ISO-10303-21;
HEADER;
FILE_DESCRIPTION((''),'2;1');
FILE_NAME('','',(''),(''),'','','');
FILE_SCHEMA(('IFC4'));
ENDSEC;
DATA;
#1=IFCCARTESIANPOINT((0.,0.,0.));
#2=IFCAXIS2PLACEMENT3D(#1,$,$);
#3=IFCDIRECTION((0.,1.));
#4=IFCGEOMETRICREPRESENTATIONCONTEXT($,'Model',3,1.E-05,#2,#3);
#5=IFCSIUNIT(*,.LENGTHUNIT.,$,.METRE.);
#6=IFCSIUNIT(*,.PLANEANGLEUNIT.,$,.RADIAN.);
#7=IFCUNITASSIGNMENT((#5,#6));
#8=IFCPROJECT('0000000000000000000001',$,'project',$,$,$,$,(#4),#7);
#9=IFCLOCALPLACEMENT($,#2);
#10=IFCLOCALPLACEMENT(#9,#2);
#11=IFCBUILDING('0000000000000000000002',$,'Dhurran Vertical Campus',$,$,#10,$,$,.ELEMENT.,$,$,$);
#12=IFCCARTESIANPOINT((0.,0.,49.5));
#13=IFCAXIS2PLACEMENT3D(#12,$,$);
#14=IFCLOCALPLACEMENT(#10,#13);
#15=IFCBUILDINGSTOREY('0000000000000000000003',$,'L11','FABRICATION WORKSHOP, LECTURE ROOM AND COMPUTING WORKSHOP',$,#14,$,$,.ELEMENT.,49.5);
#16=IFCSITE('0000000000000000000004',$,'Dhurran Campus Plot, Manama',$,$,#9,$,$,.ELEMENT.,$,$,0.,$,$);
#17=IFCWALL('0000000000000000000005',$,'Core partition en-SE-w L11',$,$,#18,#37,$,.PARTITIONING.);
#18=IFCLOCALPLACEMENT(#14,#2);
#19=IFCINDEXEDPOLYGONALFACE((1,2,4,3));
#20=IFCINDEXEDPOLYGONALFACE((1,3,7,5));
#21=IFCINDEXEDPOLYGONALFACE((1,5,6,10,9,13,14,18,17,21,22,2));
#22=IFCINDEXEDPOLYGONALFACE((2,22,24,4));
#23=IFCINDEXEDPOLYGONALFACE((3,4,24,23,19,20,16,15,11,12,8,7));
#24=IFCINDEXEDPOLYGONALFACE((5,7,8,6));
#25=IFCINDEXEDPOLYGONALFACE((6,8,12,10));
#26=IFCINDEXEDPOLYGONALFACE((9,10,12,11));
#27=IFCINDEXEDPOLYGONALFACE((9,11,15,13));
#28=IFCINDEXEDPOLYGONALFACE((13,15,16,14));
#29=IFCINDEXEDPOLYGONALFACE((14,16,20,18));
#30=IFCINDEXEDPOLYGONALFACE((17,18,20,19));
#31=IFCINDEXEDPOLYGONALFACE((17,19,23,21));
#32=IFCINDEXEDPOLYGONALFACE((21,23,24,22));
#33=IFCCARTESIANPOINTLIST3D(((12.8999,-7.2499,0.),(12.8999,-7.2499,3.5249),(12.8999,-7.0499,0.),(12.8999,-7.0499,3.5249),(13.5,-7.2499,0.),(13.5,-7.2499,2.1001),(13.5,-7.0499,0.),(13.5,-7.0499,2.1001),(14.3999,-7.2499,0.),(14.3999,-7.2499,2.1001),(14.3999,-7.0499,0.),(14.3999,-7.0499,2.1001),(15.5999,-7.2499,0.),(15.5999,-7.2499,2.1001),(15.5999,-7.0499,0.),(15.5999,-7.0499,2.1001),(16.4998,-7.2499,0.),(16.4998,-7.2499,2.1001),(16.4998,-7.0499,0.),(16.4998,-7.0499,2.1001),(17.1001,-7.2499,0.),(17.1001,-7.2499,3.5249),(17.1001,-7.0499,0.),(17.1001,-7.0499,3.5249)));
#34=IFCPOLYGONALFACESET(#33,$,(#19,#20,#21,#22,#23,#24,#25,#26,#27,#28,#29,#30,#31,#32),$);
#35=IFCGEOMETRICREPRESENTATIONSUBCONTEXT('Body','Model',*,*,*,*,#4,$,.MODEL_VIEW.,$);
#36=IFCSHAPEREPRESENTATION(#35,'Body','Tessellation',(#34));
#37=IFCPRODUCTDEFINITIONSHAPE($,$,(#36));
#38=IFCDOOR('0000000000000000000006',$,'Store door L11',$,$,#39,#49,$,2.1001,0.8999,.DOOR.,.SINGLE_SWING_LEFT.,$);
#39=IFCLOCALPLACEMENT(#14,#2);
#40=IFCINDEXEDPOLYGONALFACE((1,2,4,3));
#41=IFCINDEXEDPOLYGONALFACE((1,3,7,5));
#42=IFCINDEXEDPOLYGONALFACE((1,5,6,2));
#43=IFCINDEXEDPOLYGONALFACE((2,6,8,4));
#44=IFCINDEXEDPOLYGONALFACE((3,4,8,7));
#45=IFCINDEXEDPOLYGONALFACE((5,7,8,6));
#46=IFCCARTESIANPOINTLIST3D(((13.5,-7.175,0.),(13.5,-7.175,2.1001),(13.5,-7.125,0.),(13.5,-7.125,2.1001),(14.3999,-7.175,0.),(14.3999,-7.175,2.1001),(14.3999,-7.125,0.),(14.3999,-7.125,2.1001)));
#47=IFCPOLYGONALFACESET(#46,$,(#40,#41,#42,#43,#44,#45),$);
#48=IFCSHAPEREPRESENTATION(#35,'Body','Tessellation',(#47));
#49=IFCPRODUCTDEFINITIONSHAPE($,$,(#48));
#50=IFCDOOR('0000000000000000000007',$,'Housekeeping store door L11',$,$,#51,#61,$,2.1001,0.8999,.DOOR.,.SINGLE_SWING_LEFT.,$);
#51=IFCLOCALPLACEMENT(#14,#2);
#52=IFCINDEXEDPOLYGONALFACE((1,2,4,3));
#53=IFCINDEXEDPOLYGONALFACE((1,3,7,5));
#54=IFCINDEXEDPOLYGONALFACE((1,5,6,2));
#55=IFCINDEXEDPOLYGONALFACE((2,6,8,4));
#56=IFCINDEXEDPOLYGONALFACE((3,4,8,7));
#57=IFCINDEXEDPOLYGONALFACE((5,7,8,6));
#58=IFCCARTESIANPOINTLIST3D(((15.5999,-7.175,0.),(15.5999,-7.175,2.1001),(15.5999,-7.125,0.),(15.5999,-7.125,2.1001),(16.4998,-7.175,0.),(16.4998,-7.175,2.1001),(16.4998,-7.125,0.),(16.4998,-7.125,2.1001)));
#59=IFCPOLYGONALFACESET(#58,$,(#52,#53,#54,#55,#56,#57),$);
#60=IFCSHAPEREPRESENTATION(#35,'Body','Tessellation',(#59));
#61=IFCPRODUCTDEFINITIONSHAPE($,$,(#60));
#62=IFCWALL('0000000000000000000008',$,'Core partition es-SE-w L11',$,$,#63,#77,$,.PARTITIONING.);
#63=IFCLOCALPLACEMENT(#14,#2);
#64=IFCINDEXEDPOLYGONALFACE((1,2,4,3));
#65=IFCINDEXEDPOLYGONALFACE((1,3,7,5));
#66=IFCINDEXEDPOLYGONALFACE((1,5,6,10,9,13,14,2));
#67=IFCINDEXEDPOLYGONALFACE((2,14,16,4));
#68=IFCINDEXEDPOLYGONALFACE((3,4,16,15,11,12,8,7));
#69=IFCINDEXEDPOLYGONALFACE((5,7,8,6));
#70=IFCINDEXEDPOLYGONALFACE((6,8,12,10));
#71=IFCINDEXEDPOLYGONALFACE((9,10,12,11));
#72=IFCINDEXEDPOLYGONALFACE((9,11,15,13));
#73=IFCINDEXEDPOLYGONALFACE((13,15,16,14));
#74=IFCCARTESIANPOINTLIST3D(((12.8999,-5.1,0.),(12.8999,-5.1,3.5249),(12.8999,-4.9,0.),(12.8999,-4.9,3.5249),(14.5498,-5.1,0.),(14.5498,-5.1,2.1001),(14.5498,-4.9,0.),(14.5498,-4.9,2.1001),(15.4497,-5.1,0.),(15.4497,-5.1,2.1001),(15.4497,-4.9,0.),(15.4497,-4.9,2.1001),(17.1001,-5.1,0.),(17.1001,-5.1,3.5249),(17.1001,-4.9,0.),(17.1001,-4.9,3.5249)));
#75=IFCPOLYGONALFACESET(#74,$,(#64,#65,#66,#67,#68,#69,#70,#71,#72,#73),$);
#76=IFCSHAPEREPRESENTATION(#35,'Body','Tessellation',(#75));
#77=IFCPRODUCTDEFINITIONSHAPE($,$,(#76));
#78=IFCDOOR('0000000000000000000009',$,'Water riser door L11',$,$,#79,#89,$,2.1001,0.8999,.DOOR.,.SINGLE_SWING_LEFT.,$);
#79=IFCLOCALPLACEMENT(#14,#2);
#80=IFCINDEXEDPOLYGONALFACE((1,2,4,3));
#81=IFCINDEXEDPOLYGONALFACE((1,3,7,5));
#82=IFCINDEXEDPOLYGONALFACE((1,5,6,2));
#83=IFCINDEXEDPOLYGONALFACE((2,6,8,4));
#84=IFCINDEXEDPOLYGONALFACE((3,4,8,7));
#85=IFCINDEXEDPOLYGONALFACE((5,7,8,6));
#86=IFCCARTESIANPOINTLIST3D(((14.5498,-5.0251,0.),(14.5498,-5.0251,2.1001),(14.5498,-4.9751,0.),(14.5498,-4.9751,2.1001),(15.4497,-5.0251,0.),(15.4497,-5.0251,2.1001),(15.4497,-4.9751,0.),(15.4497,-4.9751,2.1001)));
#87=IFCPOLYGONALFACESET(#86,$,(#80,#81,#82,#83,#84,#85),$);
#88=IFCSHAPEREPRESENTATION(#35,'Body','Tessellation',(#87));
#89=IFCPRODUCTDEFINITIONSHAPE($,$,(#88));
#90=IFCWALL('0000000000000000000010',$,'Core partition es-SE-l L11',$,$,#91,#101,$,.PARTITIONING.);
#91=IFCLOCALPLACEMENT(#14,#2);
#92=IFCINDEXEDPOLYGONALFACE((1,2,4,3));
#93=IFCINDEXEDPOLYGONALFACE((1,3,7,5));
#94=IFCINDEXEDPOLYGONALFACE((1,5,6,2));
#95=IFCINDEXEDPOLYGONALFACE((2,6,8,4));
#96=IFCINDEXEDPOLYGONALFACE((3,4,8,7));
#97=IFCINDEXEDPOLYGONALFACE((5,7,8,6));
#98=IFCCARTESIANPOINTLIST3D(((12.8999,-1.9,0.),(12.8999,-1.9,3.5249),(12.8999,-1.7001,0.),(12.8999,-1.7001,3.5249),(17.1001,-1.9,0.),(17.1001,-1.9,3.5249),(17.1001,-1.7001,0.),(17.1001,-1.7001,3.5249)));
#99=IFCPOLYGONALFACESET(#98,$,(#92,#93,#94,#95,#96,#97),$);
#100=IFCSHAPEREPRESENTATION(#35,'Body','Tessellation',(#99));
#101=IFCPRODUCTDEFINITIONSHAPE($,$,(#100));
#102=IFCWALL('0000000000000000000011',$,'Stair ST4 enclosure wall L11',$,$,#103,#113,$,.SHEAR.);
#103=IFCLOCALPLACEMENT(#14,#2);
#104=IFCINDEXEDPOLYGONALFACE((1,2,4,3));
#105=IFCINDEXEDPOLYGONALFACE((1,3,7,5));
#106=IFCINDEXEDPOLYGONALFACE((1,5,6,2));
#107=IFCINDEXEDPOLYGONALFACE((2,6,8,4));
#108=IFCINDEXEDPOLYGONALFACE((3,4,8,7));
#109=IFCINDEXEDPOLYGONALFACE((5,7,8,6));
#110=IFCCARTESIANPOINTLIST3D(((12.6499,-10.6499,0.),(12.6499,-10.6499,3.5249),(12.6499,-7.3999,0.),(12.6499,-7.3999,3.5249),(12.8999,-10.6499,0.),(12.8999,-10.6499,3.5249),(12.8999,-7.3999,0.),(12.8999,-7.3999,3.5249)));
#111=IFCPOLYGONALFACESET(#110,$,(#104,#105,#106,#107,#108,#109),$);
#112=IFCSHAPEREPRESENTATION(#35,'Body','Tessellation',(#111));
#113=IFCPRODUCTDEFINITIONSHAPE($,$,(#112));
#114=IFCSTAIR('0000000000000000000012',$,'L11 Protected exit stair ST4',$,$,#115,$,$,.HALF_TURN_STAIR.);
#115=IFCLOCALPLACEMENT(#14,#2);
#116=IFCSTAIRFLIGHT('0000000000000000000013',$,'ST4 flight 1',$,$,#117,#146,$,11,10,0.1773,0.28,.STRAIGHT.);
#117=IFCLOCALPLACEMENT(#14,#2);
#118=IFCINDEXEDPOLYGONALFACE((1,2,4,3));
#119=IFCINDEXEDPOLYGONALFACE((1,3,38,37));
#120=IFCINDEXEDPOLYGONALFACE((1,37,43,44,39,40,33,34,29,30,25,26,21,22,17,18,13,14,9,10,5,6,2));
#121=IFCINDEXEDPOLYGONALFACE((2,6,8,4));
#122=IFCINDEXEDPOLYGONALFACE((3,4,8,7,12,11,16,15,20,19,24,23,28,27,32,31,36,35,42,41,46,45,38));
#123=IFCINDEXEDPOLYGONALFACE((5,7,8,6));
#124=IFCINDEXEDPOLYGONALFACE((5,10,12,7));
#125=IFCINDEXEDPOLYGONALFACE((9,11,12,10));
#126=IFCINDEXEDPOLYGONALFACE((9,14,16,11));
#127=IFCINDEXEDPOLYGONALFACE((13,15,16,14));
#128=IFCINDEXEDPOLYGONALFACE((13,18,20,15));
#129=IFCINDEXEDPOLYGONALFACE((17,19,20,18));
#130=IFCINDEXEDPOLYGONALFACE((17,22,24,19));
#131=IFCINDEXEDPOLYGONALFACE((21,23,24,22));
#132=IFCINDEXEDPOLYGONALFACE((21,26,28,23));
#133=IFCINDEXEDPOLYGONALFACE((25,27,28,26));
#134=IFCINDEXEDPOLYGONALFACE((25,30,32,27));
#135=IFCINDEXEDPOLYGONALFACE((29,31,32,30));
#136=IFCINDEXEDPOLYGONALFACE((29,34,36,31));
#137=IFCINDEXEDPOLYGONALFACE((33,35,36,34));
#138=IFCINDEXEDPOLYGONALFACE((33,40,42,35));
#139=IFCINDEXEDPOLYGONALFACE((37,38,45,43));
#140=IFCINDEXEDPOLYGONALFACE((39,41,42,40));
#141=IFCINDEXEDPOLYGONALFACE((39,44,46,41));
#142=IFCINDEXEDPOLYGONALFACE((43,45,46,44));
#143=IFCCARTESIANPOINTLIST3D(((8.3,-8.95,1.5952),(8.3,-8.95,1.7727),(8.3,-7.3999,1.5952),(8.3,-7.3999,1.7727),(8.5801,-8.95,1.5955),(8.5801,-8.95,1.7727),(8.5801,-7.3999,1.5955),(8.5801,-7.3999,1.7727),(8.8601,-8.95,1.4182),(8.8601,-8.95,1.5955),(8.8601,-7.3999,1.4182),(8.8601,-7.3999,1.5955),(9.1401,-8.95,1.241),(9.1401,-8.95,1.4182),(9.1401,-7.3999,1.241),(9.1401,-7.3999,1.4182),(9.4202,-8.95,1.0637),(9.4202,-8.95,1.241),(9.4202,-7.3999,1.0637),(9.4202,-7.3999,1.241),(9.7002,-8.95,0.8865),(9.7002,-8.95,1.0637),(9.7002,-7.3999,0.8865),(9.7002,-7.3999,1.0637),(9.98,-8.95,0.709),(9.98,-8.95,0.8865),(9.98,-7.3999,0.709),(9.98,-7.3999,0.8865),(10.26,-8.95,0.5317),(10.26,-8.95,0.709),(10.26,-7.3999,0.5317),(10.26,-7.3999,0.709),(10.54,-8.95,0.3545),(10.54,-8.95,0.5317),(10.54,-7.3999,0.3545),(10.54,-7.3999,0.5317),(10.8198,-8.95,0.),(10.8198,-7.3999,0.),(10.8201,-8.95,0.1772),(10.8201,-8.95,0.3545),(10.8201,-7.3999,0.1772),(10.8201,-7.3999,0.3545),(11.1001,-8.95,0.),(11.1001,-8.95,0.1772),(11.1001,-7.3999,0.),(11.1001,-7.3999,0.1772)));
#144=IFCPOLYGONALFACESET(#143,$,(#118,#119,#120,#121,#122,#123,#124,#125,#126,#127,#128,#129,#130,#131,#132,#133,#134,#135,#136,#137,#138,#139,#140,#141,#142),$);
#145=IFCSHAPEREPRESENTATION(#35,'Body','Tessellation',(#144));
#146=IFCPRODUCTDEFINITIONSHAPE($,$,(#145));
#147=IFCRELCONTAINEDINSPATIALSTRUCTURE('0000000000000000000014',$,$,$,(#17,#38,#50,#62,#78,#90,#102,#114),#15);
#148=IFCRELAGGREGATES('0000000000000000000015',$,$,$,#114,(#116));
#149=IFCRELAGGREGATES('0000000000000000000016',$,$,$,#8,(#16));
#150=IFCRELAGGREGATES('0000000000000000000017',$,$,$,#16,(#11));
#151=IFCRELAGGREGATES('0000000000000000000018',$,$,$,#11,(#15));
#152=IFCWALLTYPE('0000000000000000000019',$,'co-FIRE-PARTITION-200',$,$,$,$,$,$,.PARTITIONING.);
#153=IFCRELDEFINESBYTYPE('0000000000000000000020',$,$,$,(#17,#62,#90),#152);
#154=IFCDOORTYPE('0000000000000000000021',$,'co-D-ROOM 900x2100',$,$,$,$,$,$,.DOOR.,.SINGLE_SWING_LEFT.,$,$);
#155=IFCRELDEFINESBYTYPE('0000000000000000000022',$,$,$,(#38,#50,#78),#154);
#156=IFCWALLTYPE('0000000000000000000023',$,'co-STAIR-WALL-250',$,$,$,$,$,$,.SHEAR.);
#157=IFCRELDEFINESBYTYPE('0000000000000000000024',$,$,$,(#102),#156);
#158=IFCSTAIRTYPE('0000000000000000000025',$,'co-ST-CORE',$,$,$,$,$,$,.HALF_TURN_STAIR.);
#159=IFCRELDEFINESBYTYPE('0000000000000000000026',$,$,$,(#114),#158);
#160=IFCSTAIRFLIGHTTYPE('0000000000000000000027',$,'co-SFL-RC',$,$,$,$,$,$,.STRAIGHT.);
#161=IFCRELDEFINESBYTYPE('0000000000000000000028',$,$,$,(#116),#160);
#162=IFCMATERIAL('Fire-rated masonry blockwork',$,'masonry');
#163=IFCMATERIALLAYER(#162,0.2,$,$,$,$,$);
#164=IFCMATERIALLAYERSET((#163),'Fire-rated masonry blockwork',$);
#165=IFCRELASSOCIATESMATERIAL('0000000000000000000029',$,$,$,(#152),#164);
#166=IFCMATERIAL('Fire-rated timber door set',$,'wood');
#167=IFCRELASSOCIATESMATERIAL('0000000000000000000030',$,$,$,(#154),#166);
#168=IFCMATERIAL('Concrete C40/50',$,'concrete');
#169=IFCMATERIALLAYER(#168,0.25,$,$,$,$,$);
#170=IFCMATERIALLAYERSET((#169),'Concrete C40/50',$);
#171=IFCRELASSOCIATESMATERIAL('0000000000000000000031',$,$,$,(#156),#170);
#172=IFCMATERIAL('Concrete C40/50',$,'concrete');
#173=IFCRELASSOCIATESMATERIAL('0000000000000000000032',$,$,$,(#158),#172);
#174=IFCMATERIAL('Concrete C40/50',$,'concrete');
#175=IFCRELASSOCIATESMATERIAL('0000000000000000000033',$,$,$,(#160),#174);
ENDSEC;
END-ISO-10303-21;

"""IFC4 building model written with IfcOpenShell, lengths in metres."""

from ifc_helpers import new_model, si_unit, direction, frame, frame_2d, origin, place, context, subcontext, project, spatial, polyline, rectangle, outline, extrude, material, layer, layer_set, type_object, element, fill, aggregate, save


model = new_model("IFC4")

# Units and contexts
model_context = context("Model", 3, precision=1e-05, world=origin(), true_north=direction((0.0, 1.0)))
body_context = subcontext(model_context, "Body", "Model", "MODEL_VIEW")
ifc_project = project(units=[si_unit("LENGTHUNIT", "METRE"), si_unit("PLANEANGLEUNIT", "RADIAN")], contexts=[model_context])

# Site, building, storey
site_placement = place(None, origin())
site = spatial("IfcSite", under=ifc_project, at=site_placement, Name="Dhurran Campus Plot, Manama", CompositionType="ELEMENT", RefElevation=0.0)
building_placement = place(site_placement, origin())
building = spatial("IfcBuilding", under=site, at=building_placement, Name="Dhurran Vertical Campus", CompositionType="ELEMENT")
storey_placement = place(building_placement, frame((0.0, 0.0, 49.5)))
storey = spatial("IfcBuildingStorey", under=building, at=storey_placement, Name="L11", Description="FABRICATION WORKSHOP, LECTURE ROOM AND COMPUTING WORKSHOP", CompositionType="ELEMENT", Elevation=49.5)

# Shared definitions
ifc_material_1 = material(Name="Fire-rated masonry blockwork", Category="masonry")
ifc_layer_1 = layer(ifc_material_1, 0.2)
ifc_layer_set_1 = layer_set([ifc_layer_1], Name="Fire-rated masonry blockwork")
wall_type_1 = type_object("IfcWallType", Name="co-FIRE-PARTITION-200", PredefinedType="PARTITIONING", material=ifc_layer_set_1)

# Wall, openings, doors
wall_1_placement = place(storey_placement, frame((12.8999, -7.1499, 0.0), z_axis=(0.0, 0.0, 1.0), x_axis=(1.0, 0.0, 0.0)))
wall_1 = element("IfcWall", 1, at=wall_1_placement, inside=storey, type_object=wall_type_1, Name="Core partition en-SE-w L11", PredefinedType="PARTITIONING", context=body_context, shape_type="SweptSolid", body=[
    extrude(rectangle(XDim=4.2002, YDim=0.2, at=frame_2d((2.1001, 0.0))), origin(), (0.0, 0.0, 1.0), 3.5249),
])
opening_1_placement = place(wall_1_placement, frame((0.6001, 0.0, 0.0)))
opening_1 = element("IfcOpeningElement", 2, at=opening_1_placement, cuts=wall_1, PredefinedType="OPENING", context=body_context, shape_type="SweptSolid", body=[
    extrude(rectangle(XDim=0.8999, YDim=2.1001, at=frame_2d((0.45, 1.05))), frame((0.0, 0.1099, 0.0), z_axis=(0.0, -1.0, 0.0), x_axis=(1.0, 0.0, 0.0)), (0.0, 0.0, 1.0), 0.22),
])
opening_2_placement = place(wall_1_placement, frame((2.7, 0.0, 0.0)))
opening_2 = element("IfcOpeningElement", 3, at=opening_2_placement, cuts=wall_1, PredefinedType="OPENING", context=body_context, shape_type="SweptSolid", body=[
    extrude(rectangle(XDim=0.8999, YDim=2.1001, at=frame_2d((0.45, 1.05))), frame((0.0, 0.1099, 0.0), z_axis=(0.0, -1.0, 0.0), x_axis=(1.0, 0.0, 0.0)), (0.0, 0.0, 1.0), 0.22),
])
ifc_material_2 = material(Name="Fire-rated timber door set", Category="wood")
door_type_1 = type_object("IfcDoorType", Name="co-D-ROOM 900x2100", OperationType="SINGLE_SWING_LEFT", PredefinedType="DOOR", material=ifc_material_2)
door_1_placement = place(opening_1_placement, origin())
door_1 = element("IfcDoor", 4, at=door_1_placement, inside=storey, type_object=door_type_1, Name="Store door L11", OperationType="SINGLE_SWING_LEFT", OverallHeight=2.1001, OverallWidth=0.8999, PredefinedType="DOOR", context=body_context, shape_type="SweptSolid", body=[
    extrude(rectangle(XDim=0.8999, YDim=2.1001, at=frame_2d((0.45, 1.05))), frame((0.0, 0.0249, 0.0), z_axis=(0.0, -1.0, 0.0), x_axis=(1.0, 0.0, 0.0)), (0.0, 0.0, 1.0), 0.05),
])
fill(opening_1, door_1)
door_2_placement = place(opening_2_placement, origin())
door_2 = element("IfcDoor", 5, at=door_2_placement, inside=storey, type_object=door_type_1, Name="Housekeeping store door L11", OperationType="SINGLE_SWING_LEFT", OverallHeight=2.1001, OverallWidth=0.8999, PredefinedType="DOOR", context=body_context, shape_type="SweptSolid", body=[
    extrude(rectangle(XDim=0.8999, YDim=2.1001, at=frame_2d((0.45, 1.05))), frame((0.0, 0.0249, 0.0), z_axis=(0.0, -1.0, 0.0), x_axis=(1.0, 0.0, 0.0)), (0.0, 0.0, 1.0), 0.05),
])
fill(opening_2, door_2)

# Wall, opening, door
wall_2_placement = place(storey_placement, frame((12.8999, -5.0, 0.0), z_axis=(0.0, 0.0, 1.0), x_axis=(1.0, 0.0, 0.0)))
wall_2 = element("IfcWall", 6, at=wall_2_placement, inside=storey, type_object=wall_type_1, Name="Core partition es-SE-w L11", PredefinedType="PARTITIONING", context=body_context, shape_type="SweptSolid", body=[
    extrude(rectangle(XDim=4.2002, YDim=0.2, at=frame_2d((2.1001, 0.0))), origin(), (0.0, 0.0, 1.0), 3.5249),
])
opening_3_placement = place(wall_2_placement, frame((1.6499, 0.0, 0.0)))
opening_3 = element("IfcOpeningElement", 7, at=opening_3_placement, cuts=wall_2, PredefinedType="OPENING", context=body_context, shape_type="SweptSolid", body=[
    extrude(rectangle(XDim=0.8999, YDim=2.1001, at=frame_2d((0.45, 1.05))), frame((0.0, 0.1099, 0.0), z_axis=(0.0, -1.0, 0.0), x_axis=(1.0, 0.0, 0.0)), (0.0, 0.0, 1.0), 0.22),
])
door_3_placement = place(opening_3_placement, origin())
door_3 = element("IfcDoor", 8, at=door_3_placement, inside=storey, type_object=door_type_1, Name="Water riser door L11", OperationType="SINGLE_SWING_LEFT", OverallHeight=2.1001, OverallWidth=0.8999, PredefinedType="DOOR", context=body_context, shape_type="SweptSolid", body=[
    extrude(rectangle(XDim=0.8999, YDim=2.1001, at=frame_2d((0.45, 1.05))), frame((0.0, 0.0249, 0.0), z_axis=(0.0, -1.0, 0.0), x_axis=(1.0, 0.0, 0.0)), (0.0, 0.0, 1.0), 0.05),
])
fill(opening_3, door_3)

# Walls
wall_3_placement = place(storey_placement, frame((12.8999, -1.8, 0.0), z_axis=(0.0, 0.0, 1.0), x_axis=(1.0, 0.0, 0.0)))
element("IfcWall", 9, at=wall_3_placement, inside=storey, type_object=wall_type_1, Name="Core partition es-SE-l L11", PredefinedType="PARTITIONING", context=body_context, shape_type="SweptSolid", body=[
    extrude(rectangle(XDim=4.2002, YDim=0.2, at=frame_2d((2.1001, 0.0))), origin(), (0.0, 0.0, 1.0), 3.5249),
])
ifc_material_3 = material(Name="Concrete C40/50", Category="concrete")
ifc_layer_2 = layer(ifc_material_3, 0.25)
ifc_layer_set_2 = layer_set([ifc_layer_2], Name="Concrete C40/50")
wall_type_2 = type_object("IfcWallType", Name="co-STAIR-WALL-250", PredefinedType="SHEAR", material=ifc_layer_set_2)
wall_4_placement = place(storey_placement, frame((12.7749, -10.6499, 0.0), z_axis=(0.0, 0.0, 1.0), x_axis=(0.0, 1.0, 0.0)))
element("IfcWall", 10, at=wall_4_placement, inside=storey, type_object=wall_type_2, Name="Stair ST4 enclosure wall L11", PredefinedType="SHEAR", context=body_context, shape_type="SweptSolid", body=[
    extrude(rectangle(XDim=3.25, YDim=0.25, at=frame_2d((1.625, 0.0))), origin(), (0.0, 0.0, 1.0), 3.5249),
])

# Stair, stair flight
ifc_material_4 = material(Name="Concrete C40/50", Category="concrete")
stair_type = type_object("IfcStairType", Name="co-ST-CORE", PredefinedType="HALF_TURN_STAIR", material=ifc_material_4)
stair_placement = place(storey_placement, origin())
stair = element("IfcStair", 11, at=stair_placement, inside=storey, type_object=stair_type, Name="L11 Protected exit stair ST4", PredefinedType="HALF_TURN_STAIR")
ifc_material_5 = material(Name="Concrete C40/50", Category="concrete")
stair_flight_type = type_object("IfcStairFlightType", Name="co-SFL-RC", PredefinedType="STRAIGHT", material=ifc_material_5)
stair_flight_placement = place(storey_placement, frame((11.1001, -8.175, 0.0), z_axis=(0.0, 0.0, 1.0), x_axis=(-1.0, 0.0, 0.0)))
stair_flight = element("IfcStairFlight", 12, at=stair_flight_placement, type_object=stair_flight_type, Name="ST4 flight 1", NumberOfRisers=11, NumberOfTreads=10, PredefinedType="STRAIGHT", RiserHeight=0.1773, TreadLength=0.28, context=body_context, shape_type="SweptSolid", body=[
    extrude(outline(polyline([(0.0, 0.0), (0.0, 0.1772), (0.28, 0.1772), (0.28, 0.3545), (0.5601, 0.3545), (0.5601, 0.5317), (0.8401, 0.5317), (0.8401, 0.709), (1.1201, 0.709), (1.1201, 0.8865), (1.3999, 0.8865), (1.3999, 1.0637), (1.6799, 1.0637), (1.6799, 1.241), (1.96, 1.241), (1.96, 1.4182), (2.24, 1.4182), (2.24, 1.5955), (2.52, 1.5955), (2.52, 1.7727), (2.8, 1.7727), (2.8, 1.95), (2.8, 1.5952), (0.2803, 0.0), (0.0, 0.0)])), frame((0.0, 0.7749, 0.0), z_axis=(0.0, -1.0, 0.0), x_axis=(1.0, 0.0, 0.0)), (0.0, 0.0, 1.0), 1.55),
])
aggregate(stair, [stair_flight])

save(model, "model.ifc")
